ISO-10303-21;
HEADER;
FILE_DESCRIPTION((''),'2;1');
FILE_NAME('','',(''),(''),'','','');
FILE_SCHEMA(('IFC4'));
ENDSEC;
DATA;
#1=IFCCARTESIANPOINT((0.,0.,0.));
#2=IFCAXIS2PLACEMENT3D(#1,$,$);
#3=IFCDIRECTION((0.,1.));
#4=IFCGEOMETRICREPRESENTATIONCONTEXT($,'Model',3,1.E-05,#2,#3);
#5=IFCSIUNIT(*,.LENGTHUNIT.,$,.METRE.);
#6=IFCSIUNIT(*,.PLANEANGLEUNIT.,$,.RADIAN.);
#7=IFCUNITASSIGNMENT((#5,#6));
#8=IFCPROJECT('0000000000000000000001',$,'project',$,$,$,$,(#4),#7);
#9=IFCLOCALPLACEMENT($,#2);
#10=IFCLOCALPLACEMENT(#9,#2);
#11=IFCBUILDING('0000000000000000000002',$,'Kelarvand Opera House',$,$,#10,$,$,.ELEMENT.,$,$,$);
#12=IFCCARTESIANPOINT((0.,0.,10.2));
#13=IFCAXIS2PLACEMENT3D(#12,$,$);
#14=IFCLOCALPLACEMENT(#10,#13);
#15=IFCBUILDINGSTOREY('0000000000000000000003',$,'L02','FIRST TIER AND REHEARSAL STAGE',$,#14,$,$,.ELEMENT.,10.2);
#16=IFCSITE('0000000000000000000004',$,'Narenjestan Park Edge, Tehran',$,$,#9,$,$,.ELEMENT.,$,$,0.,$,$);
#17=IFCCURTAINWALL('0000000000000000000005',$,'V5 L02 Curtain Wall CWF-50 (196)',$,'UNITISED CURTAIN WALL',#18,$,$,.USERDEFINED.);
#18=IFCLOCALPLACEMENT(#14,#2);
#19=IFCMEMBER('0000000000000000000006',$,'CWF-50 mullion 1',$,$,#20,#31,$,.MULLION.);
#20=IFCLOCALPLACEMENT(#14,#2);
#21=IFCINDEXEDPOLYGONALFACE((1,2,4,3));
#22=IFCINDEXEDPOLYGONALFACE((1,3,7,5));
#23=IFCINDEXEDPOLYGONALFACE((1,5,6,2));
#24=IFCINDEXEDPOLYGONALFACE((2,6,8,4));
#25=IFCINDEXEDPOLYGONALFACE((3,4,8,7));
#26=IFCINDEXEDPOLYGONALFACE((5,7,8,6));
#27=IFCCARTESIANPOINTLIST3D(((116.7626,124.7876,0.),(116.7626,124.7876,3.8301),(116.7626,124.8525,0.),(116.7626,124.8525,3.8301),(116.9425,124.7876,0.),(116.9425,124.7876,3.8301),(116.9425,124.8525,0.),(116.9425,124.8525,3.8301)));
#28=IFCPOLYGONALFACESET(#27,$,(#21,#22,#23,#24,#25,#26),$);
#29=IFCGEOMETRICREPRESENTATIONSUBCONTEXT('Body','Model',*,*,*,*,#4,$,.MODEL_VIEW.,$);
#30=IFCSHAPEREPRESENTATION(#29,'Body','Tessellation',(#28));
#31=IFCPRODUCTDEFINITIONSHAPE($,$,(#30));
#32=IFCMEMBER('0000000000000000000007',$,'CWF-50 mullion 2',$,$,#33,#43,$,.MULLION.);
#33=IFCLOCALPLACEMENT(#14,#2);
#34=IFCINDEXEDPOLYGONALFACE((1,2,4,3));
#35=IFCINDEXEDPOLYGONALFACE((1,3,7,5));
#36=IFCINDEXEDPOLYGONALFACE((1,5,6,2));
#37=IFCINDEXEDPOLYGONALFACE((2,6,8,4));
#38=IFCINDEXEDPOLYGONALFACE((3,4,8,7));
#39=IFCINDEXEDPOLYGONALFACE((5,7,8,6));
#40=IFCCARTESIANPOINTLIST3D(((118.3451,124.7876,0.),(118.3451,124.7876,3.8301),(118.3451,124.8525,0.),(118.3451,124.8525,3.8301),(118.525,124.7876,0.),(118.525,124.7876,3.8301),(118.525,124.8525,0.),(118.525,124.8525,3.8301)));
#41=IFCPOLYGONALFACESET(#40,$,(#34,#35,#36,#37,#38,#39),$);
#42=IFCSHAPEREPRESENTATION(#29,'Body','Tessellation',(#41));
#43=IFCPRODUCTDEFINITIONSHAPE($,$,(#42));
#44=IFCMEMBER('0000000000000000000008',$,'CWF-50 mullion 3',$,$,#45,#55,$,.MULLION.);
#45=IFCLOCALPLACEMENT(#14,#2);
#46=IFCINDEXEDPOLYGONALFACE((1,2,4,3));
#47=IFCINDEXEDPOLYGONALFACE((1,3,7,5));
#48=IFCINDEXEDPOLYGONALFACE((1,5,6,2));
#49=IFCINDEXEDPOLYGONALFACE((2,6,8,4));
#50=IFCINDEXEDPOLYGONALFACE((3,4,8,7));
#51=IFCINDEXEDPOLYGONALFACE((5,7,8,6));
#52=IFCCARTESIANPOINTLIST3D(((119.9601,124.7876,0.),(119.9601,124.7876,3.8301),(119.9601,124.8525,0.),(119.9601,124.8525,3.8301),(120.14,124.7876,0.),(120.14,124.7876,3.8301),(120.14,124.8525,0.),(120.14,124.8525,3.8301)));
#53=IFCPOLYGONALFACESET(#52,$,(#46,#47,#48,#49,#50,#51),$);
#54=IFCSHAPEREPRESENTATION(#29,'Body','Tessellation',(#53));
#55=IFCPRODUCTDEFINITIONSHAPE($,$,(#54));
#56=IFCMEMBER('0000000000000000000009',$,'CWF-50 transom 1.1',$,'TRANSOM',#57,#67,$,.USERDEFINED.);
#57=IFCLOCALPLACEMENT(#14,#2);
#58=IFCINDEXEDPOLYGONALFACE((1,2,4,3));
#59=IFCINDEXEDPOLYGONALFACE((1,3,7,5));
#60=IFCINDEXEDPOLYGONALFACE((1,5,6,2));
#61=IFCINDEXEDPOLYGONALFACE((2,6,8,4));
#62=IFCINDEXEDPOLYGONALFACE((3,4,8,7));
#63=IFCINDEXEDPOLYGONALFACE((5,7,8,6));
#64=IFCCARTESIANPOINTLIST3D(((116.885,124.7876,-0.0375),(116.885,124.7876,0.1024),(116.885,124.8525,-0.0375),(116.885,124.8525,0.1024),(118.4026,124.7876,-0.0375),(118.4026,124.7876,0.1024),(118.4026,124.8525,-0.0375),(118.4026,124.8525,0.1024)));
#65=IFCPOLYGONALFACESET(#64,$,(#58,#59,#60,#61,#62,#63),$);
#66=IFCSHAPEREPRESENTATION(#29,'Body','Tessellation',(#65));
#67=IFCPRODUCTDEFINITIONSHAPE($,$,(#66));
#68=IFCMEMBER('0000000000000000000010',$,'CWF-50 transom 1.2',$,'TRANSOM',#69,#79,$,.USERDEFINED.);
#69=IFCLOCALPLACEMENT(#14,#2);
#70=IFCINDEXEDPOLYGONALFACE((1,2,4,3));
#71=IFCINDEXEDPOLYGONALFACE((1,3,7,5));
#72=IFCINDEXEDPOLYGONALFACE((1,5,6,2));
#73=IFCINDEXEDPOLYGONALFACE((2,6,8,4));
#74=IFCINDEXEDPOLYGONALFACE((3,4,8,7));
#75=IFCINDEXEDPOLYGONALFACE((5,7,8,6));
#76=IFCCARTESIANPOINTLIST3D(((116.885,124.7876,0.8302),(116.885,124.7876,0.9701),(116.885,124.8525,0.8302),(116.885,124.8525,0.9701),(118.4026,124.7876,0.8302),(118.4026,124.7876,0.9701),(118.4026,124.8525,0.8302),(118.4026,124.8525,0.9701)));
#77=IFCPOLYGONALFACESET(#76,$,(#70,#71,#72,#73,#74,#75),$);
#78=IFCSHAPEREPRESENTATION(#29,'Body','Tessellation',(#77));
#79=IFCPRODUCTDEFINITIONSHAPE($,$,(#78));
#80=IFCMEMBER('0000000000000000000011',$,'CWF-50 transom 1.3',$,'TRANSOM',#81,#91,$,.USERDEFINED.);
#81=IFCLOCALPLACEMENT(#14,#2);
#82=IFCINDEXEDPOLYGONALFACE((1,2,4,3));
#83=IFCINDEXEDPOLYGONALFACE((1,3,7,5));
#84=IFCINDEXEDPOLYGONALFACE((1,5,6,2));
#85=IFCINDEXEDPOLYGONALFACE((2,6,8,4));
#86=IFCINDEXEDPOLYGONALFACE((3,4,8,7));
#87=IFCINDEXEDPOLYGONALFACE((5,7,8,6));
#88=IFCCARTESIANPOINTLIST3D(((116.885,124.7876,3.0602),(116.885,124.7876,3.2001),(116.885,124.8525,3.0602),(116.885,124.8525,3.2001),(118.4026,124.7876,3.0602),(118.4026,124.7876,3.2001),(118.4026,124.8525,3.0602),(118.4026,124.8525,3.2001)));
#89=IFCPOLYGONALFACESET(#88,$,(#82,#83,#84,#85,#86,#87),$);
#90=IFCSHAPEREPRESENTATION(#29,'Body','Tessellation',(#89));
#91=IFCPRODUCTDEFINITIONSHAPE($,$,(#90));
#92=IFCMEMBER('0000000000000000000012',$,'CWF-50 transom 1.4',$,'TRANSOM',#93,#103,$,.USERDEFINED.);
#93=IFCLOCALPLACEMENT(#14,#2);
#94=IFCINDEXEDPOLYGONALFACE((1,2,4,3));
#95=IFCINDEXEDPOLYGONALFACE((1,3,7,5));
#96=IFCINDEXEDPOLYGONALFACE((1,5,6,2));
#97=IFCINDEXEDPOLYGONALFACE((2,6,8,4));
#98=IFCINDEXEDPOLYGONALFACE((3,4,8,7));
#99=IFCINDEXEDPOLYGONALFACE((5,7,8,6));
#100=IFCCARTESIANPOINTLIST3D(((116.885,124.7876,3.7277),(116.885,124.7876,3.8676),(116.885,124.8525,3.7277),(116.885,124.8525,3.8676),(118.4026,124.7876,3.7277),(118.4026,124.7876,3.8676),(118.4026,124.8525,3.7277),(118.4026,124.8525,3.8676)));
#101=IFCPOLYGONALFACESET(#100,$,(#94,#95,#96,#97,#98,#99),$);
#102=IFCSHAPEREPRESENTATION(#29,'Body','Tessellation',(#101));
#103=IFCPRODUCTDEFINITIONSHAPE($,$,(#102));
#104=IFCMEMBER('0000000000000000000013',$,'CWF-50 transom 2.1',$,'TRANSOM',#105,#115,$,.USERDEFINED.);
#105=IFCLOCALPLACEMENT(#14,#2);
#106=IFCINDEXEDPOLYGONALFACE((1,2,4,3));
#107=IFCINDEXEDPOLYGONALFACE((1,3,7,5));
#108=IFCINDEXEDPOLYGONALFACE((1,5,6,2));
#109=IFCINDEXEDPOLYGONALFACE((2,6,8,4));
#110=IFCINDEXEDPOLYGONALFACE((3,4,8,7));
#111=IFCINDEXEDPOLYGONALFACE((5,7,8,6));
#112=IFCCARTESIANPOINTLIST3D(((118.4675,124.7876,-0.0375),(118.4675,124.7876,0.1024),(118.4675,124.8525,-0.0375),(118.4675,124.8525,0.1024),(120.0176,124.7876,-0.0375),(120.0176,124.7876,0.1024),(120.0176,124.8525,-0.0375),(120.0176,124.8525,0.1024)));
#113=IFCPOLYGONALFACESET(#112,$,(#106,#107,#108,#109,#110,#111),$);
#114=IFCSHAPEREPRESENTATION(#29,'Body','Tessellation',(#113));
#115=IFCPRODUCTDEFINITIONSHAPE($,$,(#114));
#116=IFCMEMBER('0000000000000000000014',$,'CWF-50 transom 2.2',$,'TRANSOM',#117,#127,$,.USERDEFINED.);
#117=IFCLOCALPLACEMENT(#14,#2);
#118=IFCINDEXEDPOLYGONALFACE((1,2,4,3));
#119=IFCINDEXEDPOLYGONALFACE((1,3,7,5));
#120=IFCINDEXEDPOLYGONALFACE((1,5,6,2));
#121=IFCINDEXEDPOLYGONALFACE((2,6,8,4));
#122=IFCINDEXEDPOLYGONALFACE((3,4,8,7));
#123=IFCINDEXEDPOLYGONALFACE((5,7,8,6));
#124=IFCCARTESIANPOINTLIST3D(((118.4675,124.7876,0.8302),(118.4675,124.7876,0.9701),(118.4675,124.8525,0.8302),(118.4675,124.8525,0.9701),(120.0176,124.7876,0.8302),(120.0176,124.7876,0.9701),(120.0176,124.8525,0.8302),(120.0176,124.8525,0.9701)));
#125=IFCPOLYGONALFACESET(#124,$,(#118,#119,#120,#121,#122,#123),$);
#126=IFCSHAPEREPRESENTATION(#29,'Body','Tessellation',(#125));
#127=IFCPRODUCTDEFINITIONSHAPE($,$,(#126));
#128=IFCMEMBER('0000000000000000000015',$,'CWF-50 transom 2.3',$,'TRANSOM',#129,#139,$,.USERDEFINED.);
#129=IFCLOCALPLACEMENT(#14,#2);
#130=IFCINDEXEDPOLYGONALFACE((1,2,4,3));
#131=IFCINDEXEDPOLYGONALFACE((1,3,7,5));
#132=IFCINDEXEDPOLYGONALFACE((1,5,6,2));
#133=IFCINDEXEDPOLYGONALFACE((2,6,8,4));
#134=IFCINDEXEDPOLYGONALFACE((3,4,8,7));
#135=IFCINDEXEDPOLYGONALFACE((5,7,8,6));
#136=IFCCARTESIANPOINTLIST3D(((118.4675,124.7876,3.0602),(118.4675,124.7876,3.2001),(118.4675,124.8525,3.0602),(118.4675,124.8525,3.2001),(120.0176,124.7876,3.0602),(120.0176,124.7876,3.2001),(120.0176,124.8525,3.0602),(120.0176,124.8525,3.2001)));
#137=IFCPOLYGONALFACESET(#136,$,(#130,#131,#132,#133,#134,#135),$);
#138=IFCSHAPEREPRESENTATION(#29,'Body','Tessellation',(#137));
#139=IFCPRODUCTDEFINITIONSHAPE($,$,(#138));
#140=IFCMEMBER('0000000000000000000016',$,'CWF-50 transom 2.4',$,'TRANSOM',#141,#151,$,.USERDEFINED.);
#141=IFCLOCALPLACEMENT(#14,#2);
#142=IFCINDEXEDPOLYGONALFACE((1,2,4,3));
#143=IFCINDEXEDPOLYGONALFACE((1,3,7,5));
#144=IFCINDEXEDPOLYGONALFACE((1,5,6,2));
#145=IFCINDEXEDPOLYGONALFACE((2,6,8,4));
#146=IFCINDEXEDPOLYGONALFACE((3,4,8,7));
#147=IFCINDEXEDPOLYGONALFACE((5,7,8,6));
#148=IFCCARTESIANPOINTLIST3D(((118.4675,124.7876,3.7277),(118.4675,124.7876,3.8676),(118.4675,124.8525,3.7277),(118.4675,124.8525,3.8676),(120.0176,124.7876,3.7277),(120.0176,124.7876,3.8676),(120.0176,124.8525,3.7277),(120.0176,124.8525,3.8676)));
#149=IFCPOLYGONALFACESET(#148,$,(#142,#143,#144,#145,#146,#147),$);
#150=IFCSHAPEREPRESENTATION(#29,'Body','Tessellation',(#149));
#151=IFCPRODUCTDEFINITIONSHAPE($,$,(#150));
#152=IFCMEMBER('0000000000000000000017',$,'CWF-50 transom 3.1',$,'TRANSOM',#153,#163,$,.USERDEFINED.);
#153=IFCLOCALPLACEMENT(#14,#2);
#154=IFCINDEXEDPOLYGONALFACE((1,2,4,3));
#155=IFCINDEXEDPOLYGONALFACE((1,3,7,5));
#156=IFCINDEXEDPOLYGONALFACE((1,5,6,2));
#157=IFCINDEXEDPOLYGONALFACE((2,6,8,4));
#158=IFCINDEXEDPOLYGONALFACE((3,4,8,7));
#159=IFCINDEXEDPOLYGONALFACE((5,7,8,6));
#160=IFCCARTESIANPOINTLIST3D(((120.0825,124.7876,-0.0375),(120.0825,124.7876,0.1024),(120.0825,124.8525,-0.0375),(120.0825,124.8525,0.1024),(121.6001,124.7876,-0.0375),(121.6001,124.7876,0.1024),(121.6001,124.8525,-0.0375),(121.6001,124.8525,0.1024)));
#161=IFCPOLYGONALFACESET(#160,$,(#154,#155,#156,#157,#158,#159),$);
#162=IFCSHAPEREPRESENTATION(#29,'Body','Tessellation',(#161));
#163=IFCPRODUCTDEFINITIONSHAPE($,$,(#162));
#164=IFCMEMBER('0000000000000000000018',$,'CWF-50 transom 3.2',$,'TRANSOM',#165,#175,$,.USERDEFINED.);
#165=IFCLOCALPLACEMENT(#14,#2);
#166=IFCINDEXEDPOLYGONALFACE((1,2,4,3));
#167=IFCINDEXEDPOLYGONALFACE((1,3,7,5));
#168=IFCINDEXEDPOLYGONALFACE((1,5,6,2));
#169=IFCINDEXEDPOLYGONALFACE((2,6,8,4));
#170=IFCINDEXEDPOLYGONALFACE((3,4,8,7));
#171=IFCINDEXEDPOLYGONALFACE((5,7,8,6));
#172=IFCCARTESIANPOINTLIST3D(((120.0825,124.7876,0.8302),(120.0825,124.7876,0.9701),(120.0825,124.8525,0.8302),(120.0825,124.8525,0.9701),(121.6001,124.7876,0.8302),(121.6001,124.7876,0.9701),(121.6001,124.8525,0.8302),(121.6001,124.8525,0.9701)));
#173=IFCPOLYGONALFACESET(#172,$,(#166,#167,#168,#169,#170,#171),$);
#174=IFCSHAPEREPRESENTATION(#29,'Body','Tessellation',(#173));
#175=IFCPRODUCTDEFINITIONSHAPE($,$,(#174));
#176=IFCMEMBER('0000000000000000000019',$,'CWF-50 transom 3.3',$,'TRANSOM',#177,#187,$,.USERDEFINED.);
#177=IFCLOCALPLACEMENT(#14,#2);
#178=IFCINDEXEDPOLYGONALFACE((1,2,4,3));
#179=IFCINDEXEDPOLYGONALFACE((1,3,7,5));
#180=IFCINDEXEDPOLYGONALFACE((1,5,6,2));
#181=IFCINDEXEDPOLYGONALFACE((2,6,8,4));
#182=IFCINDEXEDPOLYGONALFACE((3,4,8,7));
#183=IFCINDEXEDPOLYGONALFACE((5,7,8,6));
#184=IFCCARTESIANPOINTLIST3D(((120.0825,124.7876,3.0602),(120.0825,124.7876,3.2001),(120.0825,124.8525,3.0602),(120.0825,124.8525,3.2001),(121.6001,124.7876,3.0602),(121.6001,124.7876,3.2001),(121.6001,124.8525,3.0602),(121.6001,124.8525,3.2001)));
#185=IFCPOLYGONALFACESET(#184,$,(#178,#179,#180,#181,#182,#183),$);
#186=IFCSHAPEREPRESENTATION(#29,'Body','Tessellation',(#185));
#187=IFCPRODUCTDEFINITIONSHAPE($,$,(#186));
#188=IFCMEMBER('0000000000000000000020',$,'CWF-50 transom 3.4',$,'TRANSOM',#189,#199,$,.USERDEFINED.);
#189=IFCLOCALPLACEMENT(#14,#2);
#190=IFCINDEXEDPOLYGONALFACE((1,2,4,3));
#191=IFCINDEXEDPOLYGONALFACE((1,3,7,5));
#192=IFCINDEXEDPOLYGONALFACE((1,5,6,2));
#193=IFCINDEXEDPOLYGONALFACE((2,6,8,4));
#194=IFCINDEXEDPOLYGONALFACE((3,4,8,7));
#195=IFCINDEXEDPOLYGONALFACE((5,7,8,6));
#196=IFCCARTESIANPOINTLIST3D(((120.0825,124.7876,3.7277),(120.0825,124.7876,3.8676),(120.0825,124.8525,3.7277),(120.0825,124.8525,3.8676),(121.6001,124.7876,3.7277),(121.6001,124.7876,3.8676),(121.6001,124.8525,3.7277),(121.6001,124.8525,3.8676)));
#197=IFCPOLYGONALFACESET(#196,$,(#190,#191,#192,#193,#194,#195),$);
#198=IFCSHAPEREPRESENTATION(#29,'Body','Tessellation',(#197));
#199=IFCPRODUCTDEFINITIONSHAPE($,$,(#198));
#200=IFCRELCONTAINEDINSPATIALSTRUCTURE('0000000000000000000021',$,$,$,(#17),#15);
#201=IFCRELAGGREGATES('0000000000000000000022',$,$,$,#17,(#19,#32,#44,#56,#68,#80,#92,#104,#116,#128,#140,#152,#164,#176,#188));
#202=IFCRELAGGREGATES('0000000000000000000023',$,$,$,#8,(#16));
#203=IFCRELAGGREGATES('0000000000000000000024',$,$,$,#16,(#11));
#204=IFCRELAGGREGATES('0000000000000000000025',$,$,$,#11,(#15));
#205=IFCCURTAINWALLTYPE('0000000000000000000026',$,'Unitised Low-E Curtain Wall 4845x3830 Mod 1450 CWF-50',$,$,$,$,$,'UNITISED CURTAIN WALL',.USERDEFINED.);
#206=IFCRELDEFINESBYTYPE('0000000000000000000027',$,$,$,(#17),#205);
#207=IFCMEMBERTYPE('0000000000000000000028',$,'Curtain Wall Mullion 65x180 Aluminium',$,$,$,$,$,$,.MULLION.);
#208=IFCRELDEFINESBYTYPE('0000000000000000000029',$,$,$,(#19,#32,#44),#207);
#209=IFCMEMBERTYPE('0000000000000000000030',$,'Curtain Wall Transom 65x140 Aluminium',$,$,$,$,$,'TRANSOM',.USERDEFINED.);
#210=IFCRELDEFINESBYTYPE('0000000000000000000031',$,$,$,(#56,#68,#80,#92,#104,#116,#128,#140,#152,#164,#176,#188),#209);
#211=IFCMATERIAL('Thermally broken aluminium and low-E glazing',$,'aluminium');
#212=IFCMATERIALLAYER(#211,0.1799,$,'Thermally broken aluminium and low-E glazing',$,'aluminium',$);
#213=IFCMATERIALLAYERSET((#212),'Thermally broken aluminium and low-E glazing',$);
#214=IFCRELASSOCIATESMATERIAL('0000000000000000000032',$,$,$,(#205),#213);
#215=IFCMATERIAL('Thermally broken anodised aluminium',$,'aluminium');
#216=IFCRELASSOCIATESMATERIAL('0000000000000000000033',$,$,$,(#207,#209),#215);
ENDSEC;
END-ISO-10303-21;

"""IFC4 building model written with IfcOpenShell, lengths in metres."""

from ifc_helpers import new_model, si_unit, direction, frame, origin, origin_2d, place, context, subcontext, project, spatial, rectangle, extrude, material, layer, layer_set, material_profile, profile_set, type_object, element, aggregate, save


model = new_model("IFC4")

# Units and contexts
model_context = context("Model", 3, precision=1e-05, world=origin(), true_north=direction((0.0, 1.0)))
body_context = subcontext(model_context, "Body", "Model", "MODEL_VIEW")
ifc_project = project(units=[si_unit("LENGTHUNIT", "METRE"), si_unit("PLANEANGLEUNIT", "RADIAN")], contexts=[model_context])

# Site, building, storey
site_placement = place(None, origin())
site = spatial("IfcSite", under=ifc_project, at=site_placement, Name="Narenjestan Park Edge, Tehran", CompositionType="ELEMENT", RefElevation=0.0)
building_placement = place(site_placement, origin())
building = spatial("IfcBuilding", under=site, at=building_placement, Name="Kelarvand Opera House", CompositionType="ELEMENT")
storey_placement = place(building_placement, frame((0.0, 0.0, 10.2)))
storey = spatial("IfcBuildingStorey", under=building, at=storey_placement, Name="L02", Description="FIRST TIER AND REHEARSAL STAGE", CompositionType="ELEMENT", Elevation=10.2)

# Curtain wall, members
ifc_material_1 = material(Name="Thermally broken aluminium and low-E glazing", Category="aluminium")
ifc_layer_1 = layer(ifc_material_1, 0.1799, Name="Thermally broken aluminium and low-E glazing", Category="aluminium")
ifc_layer_set_1 = layer_set([ifc_layer_1], Name="Thermally broken aluminium and low-E glazing")
curtain_wall_type = type_object("IfcCurtainWallType", Name="Unitised Low-E Curtain Wall 4845x3830 Mod 1450 CWF-50", ElementType="UNITISED CURTAIN WALL", PredefinedType="USERDEFINED", material=ifc_layer_set_1)
curtain_wall_placement = place(storey_placement, origin())
curtain_wall = element("IfcCurtainWall", 1, at=curtain_wall_placement, inside=storey, type_object=curtain_wall_type, Name="V5 L02 Curtain Wall CWF-50 (196)", ObjectType="UNITISED CURTAIN WALL", PredefinedType="USERDEFINED")
ifc_material_2 = material(Name="Thermally broken anodised aluminium", Category="aluminium")
ifc_material_profile_1 = material_profile(ifc_material_2, rectangle(XDim=0.0649, YDim=0.1799, at=origin_2d()), Name="ALU MULLION 65x180", Category="aluminium")
ifc_profile_set_1 = profile_set([ifc_material_profile_1], Name="Thermally broken anodised aluminium")
member_type_1 = type_object("IfcMemberType", Name="Curtain Wall Mullion 65x180 Aluminium", PredefinedType="MULLION", material=ifc_profile_set_1)
member_1_placement = place(storey_placement, frame((116.8525, 124.8201, 0.0), z_axis=(0.0, 0.0, 1.0), x_axis=(0.0, 1.0, 0.0)))
member_1 = element("IfcMember", 2, at=member_1_placement, type_object=member_type_1, Name="CWF-50 mullion 1", PredefinedType="MULLION", context=body_context, shape_type="SweptSolid", body=[
    extrude(rectangle(XDim=0.0649, YDim=0.1799, at=origin_2d()), origin(), (0.0, 0.0, 1.0), 3.8301),
])
member_2_placement = place(storey_placement, frame((118.4351, 124.8201, 0.0), z_axis=(0.0, 0.0, 1.0), x_axis=(0.0, 1.0, 0.0)))
member_2 = element("IfcMember", 3, at=member_2_placement, type_object=member_type_1, Name="CWF-50 mullion 2", PredefinedType="MULLION", context=body_context, shape_type="SweptSolid", body=[
    extrude(rectangle(XDim=0.0649, YDim=0.1799, at=origin_2d()), origin(), (0.0, 0.0, 1.0), 3.8301),
])
member_3_placement = place(storey_placement, frame((120.05, 124.8201, 0.0), z_axis=(0.0, 0.0, 1.0), x_axis=(0.0, 1.0, 0.0)))
member_3 = element("IfcMember", 4, at=member_3_placement, type_object=member_type_1, Name="CWF-50 mullion 3", PredefinedType="MULLION", context=body_context, shape_type="SweptSolid", body=[
    extrude(rectangle(XDim=0.0649, YDim=0.1799, at=origin_2d()), origin(), (0.0, 0.0, 1.0), 3.8301),
])
ifc_material_profile_2 = material_profile(ifc_material_2, rectangle(XDim=0.0649, YDim=0.1399, at=origin_2d()), Name="ALU TRANSOM 65x140", Category="aluminium")
ifc_profile_set_2 = profile_set([ifc_material_profile_2], Name="Thermally broken anodised aluminium")
member_type_2 = type_object("IfcMemberType", Name="Curtain Wall Transom 65x140 Aluminium", ElementType="TRANSOM", PredefinedType="USERDEFINED", material=ifc_profile_set_2)
member_4_placement = place(storey_placement, frame((116.885, 124.8201, 0.0325), z_axis=(1.0, 0.0, 0.0), x_axis=(0.0, 1.0, 0.0)))
member_4 = element("IfcMember", 5, at=member_4_placement, type_object=member_type_2, Name="CWF-50 transom 1.1", ObjectType="TRANSOM", PredefinedType="USERDEFINED", context=body_context, shape_type="SweptSolid", body=[
    extrude(rectangle(XDim=0.0649, YDim=0.1399, at=origin_2d()), origin(), (0.0, 0.0, 1.0), 1.5176),
])
member_5_placement = place(storey_placement, frame((116.885, 124.8201, 0.9001), z_axis=(1.0, 0.0, 0.0), x_axis=(0.0, 1.0, 0.0)))
member_5 = element("IfcMember", 6, at=member_5_placement, type_object=member_type_2, Name="CWF-50 transom 1.2", ObjectType="TRANSOM", PredefinedType="USERDEFINED", context=body_context, shape_type="SweptSolid", body=[
    extrude(rectangle(XDim=0.0649, YDim=0.1399, at=origin_2d()), origin(), (0.0, 0.0, 1.0), 1.5176),
])
member_6_placement = place(storey_placement, frame((116.885, 124.8201, 3.1301), z_axis=(1.0, 0.0, 0.0), x_axis=(0.0, 1.0, 0.0)))
member_6 = element("IfcMember", 7, at=member_6_placement, type_object=member_type_2, Name="CWF-50 transom 1.3", ObjectType="TRANSOM", PredefinedType="USERDEFINED", context=body_context, shape_type="SweptSolid", body=[
    extrude(rectangle(XDim=0.0649, YDim=0.1399, at=origin_2d()), origin(), (0.0, 0.0, 1.0), 1.5176),
])
member_7_placement = place(storey_placement, frame((116.885, 124.8201, 3.7976), z_axis=(1.0, 0.0, 0.0), x_axis=(0.0, 1.0, 0.0)))
member_7 = element("IfcMember", 8, at=member_7_placement, type_object=member_type_2, Name="CWF-50 transom 1.4", ObjectType="TRANSOM", PredefinedType="USERDEFINED", context=body_context, shape_type="SweptSolid", body=[
    extrude(rectangle(XDim=0.0649, YDim=0.1399, at=origin_2d()), origin(), (0.0, 0.0, 1.0), 1.5176),
])
member_8_placement = place(storey_placement, frame((118.4675, 124.8201, 0.0325), z_axis=(1.0, 0.0, 0.0), x_axis=(0.0, 1.0, 0.0)))
member_8 = element("IfcMember", 9, at=member_8_placement, type_object=member_type_2, Name="CWF-50 transom 2.1", ObjectType="TRANSOM", PredefinedType="USERDEFINED", context=body_context, shape_type="SweptSolid", body=[
    extrude(rectangle(XDim=0.0649, YDim=0.1399, at=origin_2d()), origin(), (0.0, 0.0, 1.0), 1.55),
])
member_9_placement = place(storey_placement, frame((118.4675, 124.8201, 0.9001), z_axis=(1.0, 0.0, 0.0), x_axis=(0.0, 1.0, 0.0)))
member_9 = element("IfcMember", 10, at=member_9_placement, type_object=member_type_2, Name="CWF-50 transom 2.2", ObjectType="TRANSOM", PredefinedType="USERDEFINED", context=body_context, shape_type="SweptSolid", body=[
    extrude(rectangle(XDim=0.0649, YDim=0.1399, at=origin_2d()), origin(), (0.0, 0.0, 1.0), 1.55),
])
member_10_placement = place(storey_placement, frame((118.4675, 124.8201, 3.1301), z_axis=(1.0, 0.0, 0.0), x_axis=(0.0, 1.0, 0.0)))
member_10 = element("IfcMember", 11, at=member_10_placement, type_object=member_type_2, Name="CWF-50 transom 2.3", ObjectType="TRANSOM", PredefinedType="USERDEFINED", context=body_context, shape_type="SweptSolid", body=[
    extrude(rectangle(XDim=0.0649, YDim=0.1399, at=origin_2d()), origin(), (0.0, 0.0, 1.0), 1.55),
])
member_11_placement = place(storey_placement, frame((118.4675, 124.8201, 3.7976), z_axis=(1.0, 0.0, 0.0), x_axis=(0.0, 1.0, 0.0)))
member_11 = element("IfcMember", 12, at=member_11_placement, type_object=member_type_2, Name="CWF-50 transom 2.4", ObjectType="TRANSOM", PredefinedType="USERDEFINED", context=body_context, shape_type="SweptSolid", body=[
    extrude(rectangle(XDim=0.0649, YDim=0.1399, at=origin_2d()), origin(), (0.0, 0.0, 1.0), 1.55),
])
member_12_placement = place(storey_placement, frame((120.0825, 124.8201, 0.0325), z_axis=(1.0, 0.0, 0.0), x_axis=(0.0, 1.0, 0.0)))
member_12 = element("IfcMember", 13, at=member_12_placement, type_object=member_type_2, Name="CWF-50 transom 3.1", ObjectType="TRANSOM", PredefinedType="USERDEFINED", context=body_context, shape_type="SweptSolid", body=[
    extrude(rectangle(XDim=0.0649, YDim=0.1399, at=origin_2d()), origin(), (0.0, 0.0, 1.0), 1.5176),
])
member_13_placement = place(storey_placement, frame((120.0825, 124.8201, 0.9001), z_axis=(1.0, 0.0, 0.0), x_axis=(0.0, 1.0, 0.0)))
member_13 = element("IfcMember", 14, at=member_13_placement, type_object=member_type_2, Name="CWF-50 transom 3.2", ObjectType="TRANSOM", PredefinedType="USERDEFINED", context=body_context, shape_type="SweptSolid", body=[
    extrude(rectangle(XDim=0.0649, YDim=0.1399, at=origin_2d()), origin(), (0.0, 0.0, 1.0), 1.5176),
])
member_14_placement = place(storey_placement, frame((120.0825, 124.8201, 3.1301), z_axis=(1.0, 0.0, 0.0), x_axis=(0.0, 1.0, 0.0)))
member_14 = element("IfcMember", 15, at=member_14_placement, type_object=member_type_2, Name="CWF-50 transom 3.3", ObjectType="TRANSOM", PredefinedType="USERDEFINED", context=body_context, shape_type="SweptSolid", body=[
    extrude(rectangle(XDim=0.0649, YDim=0.1399, at=origin_2d()), origin(), (0.0, 0.0, 1.0), 1.5176),
])
member_15_placement = place(storey_placement, frame((120.0825, 124.8201, 3.7976), z_axis=(1.0, 0.0, 0.0), x_axis=(0.0, 1.0, 0.0)))
member_15 = element("IfcMember", 16, at=member_15_placement, type_object=member_type_2, Name="CWF-50 transom 3.4", ObjectType="TRANSOM", PredefinedType="USERDEFINED", context=body_context, shape_type="SweptSolid", body=[
    extrude(rectangle(XDim=0.0649, YDim=0.1399, at=origin_2d()), origin(), (0.0, 0.0, 1.0), 1.5176),
])
aggregate(curtain_wall, [member_1, member_2, member_3, member_4, member_5, member_6, member_7, member_8, member_9, member_10, member_11, member_12, member_13, member_14, member_15])

save(model, "model.ifc")
